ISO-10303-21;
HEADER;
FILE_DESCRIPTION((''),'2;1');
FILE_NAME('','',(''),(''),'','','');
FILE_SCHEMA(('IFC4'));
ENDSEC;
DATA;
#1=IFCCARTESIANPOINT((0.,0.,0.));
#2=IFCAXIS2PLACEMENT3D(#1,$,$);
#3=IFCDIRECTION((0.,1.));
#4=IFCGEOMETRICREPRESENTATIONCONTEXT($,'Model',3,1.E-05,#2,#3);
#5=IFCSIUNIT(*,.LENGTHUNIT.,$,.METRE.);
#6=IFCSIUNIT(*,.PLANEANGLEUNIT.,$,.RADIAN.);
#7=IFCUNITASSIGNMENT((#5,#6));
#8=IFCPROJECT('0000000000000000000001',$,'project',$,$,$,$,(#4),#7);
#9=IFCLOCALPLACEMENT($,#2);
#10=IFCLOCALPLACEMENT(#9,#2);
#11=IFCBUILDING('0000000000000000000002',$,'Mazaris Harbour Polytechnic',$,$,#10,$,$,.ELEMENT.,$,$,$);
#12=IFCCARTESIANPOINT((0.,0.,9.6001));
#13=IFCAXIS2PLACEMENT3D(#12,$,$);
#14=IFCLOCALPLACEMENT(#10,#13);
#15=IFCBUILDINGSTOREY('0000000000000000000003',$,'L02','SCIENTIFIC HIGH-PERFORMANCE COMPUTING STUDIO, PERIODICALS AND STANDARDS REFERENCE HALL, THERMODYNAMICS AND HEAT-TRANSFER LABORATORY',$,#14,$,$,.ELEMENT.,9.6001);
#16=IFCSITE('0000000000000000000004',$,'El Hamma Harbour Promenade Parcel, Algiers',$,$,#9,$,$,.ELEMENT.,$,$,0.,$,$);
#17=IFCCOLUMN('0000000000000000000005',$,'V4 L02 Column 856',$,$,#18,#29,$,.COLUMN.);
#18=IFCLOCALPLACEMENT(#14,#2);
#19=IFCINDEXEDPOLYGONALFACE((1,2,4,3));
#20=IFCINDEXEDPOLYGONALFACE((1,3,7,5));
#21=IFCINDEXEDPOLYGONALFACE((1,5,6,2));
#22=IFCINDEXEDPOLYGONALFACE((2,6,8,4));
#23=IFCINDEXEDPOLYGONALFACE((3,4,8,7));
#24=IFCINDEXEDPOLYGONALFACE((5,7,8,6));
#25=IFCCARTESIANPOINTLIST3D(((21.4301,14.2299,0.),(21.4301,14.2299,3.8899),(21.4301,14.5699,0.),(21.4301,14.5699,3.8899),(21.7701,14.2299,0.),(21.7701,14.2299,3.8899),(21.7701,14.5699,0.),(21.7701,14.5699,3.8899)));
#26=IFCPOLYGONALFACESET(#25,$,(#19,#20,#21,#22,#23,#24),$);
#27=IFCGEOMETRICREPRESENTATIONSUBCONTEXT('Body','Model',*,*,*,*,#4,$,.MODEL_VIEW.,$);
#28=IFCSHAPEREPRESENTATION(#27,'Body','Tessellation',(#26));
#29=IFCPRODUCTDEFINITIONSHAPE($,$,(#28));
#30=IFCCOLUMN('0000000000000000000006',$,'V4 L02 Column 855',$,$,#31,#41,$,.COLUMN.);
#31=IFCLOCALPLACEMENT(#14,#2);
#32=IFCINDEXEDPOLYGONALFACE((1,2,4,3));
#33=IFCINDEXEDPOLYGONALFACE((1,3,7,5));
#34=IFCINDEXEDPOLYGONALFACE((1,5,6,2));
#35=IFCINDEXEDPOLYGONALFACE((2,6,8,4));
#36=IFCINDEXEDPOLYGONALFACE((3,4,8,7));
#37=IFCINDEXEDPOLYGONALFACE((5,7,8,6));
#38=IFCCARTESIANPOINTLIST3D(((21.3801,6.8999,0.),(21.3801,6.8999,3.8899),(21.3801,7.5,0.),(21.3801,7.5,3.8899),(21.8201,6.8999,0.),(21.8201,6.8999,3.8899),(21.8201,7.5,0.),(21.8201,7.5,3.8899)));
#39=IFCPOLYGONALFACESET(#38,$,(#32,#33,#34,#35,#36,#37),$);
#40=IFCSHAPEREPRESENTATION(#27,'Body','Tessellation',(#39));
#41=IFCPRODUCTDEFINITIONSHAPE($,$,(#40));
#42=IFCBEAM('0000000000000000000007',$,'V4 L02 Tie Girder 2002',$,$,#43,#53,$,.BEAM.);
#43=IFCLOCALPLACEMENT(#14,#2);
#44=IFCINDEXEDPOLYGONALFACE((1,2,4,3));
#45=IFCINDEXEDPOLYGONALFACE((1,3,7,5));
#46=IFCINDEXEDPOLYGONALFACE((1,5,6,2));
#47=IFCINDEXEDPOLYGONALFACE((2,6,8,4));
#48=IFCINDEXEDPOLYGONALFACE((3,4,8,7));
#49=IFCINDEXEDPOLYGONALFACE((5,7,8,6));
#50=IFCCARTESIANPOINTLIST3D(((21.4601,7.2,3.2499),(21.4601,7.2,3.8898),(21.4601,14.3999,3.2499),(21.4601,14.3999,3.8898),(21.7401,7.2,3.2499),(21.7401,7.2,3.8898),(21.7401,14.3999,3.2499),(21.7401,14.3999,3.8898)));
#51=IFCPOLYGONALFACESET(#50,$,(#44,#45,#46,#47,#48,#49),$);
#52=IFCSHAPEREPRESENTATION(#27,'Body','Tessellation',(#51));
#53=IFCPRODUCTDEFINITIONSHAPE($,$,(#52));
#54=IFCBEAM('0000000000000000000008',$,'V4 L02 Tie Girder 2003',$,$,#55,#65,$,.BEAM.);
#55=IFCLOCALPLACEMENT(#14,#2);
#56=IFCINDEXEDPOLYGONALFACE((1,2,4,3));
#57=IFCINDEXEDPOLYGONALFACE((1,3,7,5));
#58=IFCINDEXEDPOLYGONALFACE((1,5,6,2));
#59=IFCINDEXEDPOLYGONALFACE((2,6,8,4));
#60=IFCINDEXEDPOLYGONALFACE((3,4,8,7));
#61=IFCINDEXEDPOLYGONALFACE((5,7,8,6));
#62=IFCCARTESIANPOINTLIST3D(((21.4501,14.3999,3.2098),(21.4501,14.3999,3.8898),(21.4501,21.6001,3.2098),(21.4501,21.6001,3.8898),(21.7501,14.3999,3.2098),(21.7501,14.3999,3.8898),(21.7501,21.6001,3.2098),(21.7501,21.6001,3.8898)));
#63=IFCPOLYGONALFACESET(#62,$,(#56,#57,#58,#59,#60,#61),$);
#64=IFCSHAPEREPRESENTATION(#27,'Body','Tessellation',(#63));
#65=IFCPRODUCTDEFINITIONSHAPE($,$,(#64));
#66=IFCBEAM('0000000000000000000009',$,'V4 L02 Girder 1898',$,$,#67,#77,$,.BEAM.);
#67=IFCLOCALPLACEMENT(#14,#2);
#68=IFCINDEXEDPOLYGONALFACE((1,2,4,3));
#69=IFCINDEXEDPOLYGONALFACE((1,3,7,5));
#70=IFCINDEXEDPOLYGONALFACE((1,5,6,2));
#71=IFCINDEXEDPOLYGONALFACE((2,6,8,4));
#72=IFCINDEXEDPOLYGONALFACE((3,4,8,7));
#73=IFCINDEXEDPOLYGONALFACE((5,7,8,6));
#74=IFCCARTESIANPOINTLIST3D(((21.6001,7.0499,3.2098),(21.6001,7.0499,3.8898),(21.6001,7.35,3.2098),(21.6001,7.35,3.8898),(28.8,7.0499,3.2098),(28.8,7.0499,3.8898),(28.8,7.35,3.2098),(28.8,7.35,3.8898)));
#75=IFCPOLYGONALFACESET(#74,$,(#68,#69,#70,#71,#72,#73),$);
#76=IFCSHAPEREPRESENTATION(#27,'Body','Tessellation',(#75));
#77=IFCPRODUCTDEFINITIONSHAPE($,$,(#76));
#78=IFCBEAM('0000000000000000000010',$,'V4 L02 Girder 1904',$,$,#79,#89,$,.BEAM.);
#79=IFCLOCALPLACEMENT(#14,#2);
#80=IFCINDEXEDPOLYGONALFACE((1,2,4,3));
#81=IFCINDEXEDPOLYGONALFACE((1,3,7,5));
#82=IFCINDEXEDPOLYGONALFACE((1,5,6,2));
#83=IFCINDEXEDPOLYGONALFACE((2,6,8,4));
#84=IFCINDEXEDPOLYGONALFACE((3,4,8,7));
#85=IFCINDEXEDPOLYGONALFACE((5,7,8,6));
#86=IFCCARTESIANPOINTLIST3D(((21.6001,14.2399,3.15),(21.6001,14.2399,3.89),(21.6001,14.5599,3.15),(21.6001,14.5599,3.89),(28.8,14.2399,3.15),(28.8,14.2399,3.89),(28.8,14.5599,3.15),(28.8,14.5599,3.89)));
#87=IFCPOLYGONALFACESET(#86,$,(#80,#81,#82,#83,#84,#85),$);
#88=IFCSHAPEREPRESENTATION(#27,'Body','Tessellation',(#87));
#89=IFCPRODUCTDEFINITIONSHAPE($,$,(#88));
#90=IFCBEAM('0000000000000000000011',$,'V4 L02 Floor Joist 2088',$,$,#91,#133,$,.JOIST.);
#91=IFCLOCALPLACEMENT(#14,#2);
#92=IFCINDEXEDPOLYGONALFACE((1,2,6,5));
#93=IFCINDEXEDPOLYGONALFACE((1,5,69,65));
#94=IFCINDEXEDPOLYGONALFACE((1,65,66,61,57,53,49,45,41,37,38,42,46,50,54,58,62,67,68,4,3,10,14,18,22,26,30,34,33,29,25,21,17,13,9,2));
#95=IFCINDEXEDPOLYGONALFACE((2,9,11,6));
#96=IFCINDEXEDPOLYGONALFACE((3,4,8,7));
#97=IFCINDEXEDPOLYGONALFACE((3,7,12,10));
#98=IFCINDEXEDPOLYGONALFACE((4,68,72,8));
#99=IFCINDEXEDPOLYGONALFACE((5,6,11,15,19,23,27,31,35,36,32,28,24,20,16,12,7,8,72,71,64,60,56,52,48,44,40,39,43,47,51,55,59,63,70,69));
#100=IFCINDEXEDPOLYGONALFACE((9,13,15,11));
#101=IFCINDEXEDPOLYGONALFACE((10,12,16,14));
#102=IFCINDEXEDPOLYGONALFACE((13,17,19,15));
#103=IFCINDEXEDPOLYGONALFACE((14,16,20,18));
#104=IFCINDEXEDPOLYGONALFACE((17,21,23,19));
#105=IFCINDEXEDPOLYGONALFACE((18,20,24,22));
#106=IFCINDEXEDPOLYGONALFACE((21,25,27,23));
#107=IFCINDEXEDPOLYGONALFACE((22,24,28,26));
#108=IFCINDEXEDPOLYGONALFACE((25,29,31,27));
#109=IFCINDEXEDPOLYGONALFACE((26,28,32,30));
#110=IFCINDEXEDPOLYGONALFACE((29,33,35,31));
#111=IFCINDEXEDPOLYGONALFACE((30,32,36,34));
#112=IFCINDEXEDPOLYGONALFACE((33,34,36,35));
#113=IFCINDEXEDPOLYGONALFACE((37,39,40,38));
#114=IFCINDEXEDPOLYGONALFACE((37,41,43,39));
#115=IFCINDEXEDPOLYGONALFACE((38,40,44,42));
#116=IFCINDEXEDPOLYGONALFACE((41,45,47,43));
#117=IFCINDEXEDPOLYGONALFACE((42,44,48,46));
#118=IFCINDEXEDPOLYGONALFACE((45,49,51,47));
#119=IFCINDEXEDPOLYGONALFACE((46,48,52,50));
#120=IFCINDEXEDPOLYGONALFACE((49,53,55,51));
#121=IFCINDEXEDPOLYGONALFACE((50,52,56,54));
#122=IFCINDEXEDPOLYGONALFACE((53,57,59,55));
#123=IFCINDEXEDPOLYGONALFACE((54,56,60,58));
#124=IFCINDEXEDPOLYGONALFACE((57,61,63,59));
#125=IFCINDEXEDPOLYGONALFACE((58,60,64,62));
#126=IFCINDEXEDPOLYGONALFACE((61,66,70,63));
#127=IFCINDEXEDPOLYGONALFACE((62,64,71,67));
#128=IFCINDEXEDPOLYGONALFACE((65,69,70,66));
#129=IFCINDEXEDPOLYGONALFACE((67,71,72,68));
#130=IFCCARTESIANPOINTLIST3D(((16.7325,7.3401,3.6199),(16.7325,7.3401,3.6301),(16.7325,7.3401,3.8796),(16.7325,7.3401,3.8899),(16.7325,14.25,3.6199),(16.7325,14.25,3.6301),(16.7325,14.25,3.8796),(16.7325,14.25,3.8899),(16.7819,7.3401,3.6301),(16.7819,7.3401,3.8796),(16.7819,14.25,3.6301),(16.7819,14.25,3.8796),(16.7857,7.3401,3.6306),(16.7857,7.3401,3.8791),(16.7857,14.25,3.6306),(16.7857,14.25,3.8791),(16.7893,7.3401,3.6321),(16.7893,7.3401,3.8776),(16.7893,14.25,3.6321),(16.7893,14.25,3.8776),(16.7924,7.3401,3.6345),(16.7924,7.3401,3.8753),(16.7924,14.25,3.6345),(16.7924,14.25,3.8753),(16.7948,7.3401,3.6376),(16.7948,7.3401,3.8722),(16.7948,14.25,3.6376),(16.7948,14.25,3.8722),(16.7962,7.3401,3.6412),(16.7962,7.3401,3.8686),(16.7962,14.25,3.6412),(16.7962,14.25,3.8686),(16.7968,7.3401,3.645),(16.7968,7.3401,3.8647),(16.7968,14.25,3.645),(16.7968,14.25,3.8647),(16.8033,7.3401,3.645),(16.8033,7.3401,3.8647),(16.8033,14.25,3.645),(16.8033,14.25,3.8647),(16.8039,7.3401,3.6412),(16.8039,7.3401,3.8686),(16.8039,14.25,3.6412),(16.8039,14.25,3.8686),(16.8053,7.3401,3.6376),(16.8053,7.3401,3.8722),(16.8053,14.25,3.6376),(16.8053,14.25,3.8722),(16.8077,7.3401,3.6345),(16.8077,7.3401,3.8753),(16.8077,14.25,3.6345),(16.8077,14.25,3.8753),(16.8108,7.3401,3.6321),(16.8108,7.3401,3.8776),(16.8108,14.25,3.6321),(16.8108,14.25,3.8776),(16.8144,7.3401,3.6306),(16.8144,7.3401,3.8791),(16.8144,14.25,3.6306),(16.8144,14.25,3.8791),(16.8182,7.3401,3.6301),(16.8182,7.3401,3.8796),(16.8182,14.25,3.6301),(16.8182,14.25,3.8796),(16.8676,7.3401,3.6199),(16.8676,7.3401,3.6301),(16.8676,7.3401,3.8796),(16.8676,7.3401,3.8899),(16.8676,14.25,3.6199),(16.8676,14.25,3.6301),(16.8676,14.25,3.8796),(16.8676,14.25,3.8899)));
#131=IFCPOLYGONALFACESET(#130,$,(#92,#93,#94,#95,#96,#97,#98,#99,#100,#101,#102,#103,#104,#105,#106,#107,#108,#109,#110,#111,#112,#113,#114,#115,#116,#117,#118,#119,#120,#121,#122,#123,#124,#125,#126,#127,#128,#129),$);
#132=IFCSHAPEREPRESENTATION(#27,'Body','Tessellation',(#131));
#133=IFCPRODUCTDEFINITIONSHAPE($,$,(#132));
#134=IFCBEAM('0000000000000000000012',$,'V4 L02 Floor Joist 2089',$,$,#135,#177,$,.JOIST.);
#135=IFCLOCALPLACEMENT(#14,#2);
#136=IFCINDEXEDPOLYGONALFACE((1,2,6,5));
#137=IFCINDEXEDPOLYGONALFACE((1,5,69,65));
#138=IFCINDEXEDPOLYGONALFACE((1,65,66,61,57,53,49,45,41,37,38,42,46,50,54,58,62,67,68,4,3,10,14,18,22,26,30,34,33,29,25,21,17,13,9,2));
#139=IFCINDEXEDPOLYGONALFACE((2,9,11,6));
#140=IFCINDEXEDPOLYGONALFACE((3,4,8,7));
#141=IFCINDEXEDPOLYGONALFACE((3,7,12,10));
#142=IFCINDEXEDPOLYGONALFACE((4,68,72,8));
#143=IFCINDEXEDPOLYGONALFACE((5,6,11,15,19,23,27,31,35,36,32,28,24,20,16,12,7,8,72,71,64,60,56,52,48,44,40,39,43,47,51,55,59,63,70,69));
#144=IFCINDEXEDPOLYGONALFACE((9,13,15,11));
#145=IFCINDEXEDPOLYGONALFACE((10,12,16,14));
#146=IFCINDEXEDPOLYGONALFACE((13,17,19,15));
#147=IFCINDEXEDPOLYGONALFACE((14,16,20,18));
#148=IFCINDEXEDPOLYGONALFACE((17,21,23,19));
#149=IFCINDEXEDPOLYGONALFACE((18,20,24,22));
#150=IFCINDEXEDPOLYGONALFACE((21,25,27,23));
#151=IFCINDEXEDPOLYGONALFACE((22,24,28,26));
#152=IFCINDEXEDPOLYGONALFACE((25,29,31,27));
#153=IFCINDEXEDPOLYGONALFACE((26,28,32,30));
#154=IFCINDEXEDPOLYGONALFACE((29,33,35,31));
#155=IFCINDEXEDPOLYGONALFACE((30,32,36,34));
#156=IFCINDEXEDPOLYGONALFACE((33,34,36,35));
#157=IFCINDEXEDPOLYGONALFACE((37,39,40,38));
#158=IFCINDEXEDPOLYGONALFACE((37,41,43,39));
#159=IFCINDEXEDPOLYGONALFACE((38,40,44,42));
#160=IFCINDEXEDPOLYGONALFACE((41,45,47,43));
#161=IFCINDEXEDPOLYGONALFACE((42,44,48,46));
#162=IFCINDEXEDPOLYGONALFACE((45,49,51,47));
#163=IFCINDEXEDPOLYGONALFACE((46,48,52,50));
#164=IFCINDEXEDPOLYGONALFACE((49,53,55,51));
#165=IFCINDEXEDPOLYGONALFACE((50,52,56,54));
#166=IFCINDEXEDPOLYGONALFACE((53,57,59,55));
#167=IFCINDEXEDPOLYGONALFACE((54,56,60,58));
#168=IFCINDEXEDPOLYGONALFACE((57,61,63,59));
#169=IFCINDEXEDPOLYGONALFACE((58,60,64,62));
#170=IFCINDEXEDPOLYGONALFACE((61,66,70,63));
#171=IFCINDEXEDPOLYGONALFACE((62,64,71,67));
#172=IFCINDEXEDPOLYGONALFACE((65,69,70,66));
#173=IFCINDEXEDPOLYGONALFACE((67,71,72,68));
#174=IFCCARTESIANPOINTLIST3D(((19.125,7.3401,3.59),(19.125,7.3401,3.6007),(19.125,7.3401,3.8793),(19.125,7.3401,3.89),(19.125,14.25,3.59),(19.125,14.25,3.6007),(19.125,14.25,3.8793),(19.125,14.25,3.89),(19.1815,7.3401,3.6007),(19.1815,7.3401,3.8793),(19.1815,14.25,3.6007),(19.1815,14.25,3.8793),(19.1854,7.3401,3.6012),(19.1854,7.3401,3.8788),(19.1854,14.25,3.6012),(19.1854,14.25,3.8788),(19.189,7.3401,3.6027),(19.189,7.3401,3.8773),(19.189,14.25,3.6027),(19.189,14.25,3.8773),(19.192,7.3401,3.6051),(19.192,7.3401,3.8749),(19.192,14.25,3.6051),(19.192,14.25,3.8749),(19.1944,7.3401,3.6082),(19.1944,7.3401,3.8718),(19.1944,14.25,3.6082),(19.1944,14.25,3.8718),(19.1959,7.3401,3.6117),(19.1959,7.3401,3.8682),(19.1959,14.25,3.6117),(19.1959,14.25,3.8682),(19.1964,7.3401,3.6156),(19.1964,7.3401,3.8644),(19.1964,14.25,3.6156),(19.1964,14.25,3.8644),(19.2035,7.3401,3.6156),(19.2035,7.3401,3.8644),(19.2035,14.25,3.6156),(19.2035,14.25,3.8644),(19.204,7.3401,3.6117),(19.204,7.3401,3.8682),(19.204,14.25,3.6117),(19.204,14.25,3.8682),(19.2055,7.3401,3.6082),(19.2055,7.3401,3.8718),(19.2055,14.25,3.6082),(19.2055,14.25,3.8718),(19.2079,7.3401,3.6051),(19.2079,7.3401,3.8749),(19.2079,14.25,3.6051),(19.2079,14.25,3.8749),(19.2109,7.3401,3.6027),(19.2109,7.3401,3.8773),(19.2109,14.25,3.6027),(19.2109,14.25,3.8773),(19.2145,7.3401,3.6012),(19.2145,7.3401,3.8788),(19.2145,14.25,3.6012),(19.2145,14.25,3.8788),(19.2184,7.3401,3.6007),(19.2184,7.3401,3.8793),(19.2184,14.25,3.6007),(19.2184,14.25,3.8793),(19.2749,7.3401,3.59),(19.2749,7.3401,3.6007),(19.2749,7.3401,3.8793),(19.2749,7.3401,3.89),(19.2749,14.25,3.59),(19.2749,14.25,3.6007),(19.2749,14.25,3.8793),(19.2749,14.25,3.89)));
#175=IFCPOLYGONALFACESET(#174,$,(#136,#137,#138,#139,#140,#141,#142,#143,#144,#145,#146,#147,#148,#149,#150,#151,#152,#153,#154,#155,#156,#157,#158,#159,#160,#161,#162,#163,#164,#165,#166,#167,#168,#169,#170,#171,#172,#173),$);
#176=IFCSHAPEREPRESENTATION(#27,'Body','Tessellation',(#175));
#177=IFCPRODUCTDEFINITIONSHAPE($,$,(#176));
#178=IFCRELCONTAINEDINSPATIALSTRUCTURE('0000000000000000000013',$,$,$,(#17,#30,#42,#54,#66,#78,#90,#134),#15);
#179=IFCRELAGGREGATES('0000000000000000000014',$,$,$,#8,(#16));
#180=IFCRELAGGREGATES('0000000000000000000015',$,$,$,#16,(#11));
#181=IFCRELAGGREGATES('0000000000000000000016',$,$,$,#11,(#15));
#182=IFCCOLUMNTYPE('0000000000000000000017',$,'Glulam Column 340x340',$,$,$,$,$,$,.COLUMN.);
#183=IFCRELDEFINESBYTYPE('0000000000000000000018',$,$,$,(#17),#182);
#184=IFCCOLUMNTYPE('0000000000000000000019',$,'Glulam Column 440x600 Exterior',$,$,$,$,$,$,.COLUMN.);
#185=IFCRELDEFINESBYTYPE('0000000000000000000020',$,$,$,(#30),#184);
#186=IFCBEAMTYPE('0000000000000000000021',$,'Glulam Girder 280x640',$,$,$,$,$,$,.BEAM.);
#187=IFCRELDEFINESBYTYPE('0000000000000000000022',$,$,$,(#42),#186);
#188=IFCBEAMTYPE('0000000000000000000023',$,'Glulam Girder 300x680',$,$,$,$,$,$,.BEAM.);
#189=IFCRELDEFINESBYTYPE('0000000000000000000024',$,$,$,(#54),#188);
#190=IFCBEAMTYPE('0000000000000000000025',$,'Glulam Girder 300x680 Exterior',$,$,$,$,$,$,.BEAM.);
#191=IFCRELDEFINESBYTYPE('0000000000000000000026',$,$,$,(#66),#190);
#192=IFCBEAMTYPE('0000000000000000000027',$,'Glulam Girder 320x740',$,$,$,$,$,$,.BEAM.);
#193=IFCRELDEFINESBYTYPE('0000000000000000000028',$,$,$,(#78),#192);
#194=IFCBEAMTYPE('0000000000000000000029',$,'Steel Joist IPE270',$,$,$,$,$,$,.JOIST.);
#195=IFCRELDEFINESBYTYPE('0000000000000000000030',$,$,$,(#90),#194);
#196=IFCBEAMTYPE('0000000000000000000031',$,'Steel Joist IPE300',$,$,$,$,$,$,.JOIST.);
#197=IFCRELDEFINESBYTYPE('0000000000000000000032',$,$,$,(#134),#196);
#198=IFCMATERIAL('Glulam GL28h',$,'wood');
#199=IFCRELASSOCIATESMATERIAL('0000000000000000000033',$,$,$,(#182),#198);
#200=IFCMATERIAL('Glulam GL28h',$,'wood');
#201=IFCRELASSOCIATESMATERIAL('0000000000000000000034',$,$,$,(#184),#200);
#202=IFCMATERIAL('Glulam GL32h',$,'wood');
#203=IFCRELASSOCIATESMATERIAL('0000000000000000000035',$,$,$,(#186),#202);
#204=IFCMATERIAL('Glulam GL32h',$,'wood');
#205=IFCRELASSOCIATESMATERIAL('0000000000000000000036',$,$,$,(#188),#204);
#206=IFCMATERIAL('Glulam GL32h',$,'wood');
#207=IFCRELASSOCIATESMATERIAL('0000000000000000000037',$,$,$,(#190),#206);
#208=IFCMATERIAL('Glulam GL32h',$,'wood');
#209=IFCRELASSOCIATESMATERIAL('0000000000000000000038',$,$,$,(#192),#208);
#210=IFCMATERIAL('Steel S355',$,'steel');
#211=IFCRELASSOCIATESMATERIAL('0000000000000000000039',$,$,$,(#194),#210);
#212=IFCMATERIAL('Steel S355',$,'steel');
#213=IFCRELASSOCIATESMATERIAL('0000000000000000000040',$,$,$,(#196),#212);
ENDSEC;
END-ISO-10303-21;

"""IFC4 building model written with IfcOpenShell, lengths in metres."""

from ifc_helpers import new_model, si_unit, direction, frame, origin, origin_2d, place, context, subcontext, project, spatial, rectangle, i_section, extrude, material, material_profile, profile_set, type_object, element, save


model = new_model("IFC4")

# Units and contexts
model_context = context("Model", 3, precision=1e-05, world=origin(), true_north=direction((0.0, 1.0)))
body_context = subcontext(model_context, "Body", "Model", "MODEL_VIEW")
ifc_project = project(units=[si_unit("LENGTHUNIT", "METRE"), si_unit("PLANEANGLEUNIT", "RADIAN")], contexts=[model_context])

# Site, building, storey
site_placement = place(None, origin())
site = spatial("IfcSite", under=ifc_project, at=site_placement, Name="El Hamma Harbour Promenade Parcel, Algiers", CompositionType="ELEMENT", RefElevation=0.0)
building_placement = place(site_placement, origin())
building = spatial("IfcBuilding", under=site, at=building_placement, Name="Mazaris Harbour Polytechnic", CompositionType="ELEMENT")
storey_placement = place(building_placement, frame((0.0, 0.0, 9.6001)))
storey = spatial("IfcBuildingStorey", under=building, at=storey_placement, Name="L02", Description="SCIENTIFIC HIGH-PERFORMANCE COMPUTING STUDIO, PERIODICALS AND STANDARDS REFERENCE HALL, THERMODYNAMICS AND HEAT-TRANSFER LABORATORY", CompositionType="ELEMENT", Elevation=9.6001)

# Columns
ifc_material_1 = material(Name="Glulam GL28h", Category="wood")
ifc_material_profile_1 = material_profile(ifc_material_1, rectangle(XDim=0.3401, YDim=0.3401, at=origin_2d()), Name="RECT340x340")
ifc_profile_set_1 = profile_set([ifc_material_profile_1], Name="Glulam GL28h")
column_type_1 = type_object("IfcColumnType", Name="Glulam Column 340x340", PredefinedType="COLUMN", material=ifc_profile_set_1)
column_1_placement = place(storey_placement, frame((21.6001, 14.3999, 0.0), z_axis=(0.0, 0.0, 1.0), x_axis=(1.0, 0.0, 0.0)))
element("IfcColumn", 1, at=column_1_placement, inside=storey, type_object=column_type_1, Name="V4 L02 Column 856", PredefinedType="COLUMN", context=body_context, shape_type="SweptSolid", body=[
    extrude(rectangle(XDim=0.3401, YDim=0.3401, at=origin_2d()), origin(), (0.0, 0.0, 1.0), 3.8899),
])
ifc_material_2 = material(Name="Glulam GL28h", Category="wood")
ifc_material_profile_2 = material_profile(ifc_material_2, rectangle(XDim=0.4399, YDim=0.6001, at=origin_2d()), Name="RECT440x600")
ifc_profile_set_2 = profile_set([ifc_material_profile_2], Name="Glulam GL28h")
column_type_2 = type_object("IfcColumnType", Name="Glulam Column 440x600 Exterior", PredefinedType="COLUMN", material=ifc_profile_set_2)
column_2_placement = place(storey_placement, frame((21.6001, 7.2, 0.0), z_axis=(0.0, 0.0, 1.0), x_axis=(1.0, 0.0, 0.0)))
element("IfcColumn", 2, at=column_2_placement, inside=storey, type_object=column_type_2, Name="V4 L02 Column 855", PredefinedType="COLUMN", context=body_context, shape_type="SweptSolid", body=[
    extrude(rectangle(XDim=0.4399, YDim=0.6001, at=origin_2d()), origin(), (0.0, 0.0, 1.0), 3.8899),
])

# Beams
ifc_material_3 = material(Name="Glulam GL32h", Category="wood")
ifc_material_profile_3 = material_profile(ifc_material_3, rectangle(XDim=0.28, YDim=0.6399, at=origin_2d()), Name="RECT280x640")
ifc_profile_set_3 = profile_set([ifc_material_profile_3], Name="Glulam GL32h")
beam_type_1 = type_object("IfcBeamType", Name="Glulam Girder 280x640", PredefinedType="BEAM", material=ifc_profile_set_3)
beam_1_placement = place(storey_placement, frame((21.6001, 7.2, 3.5698), z_axis=(0.0, 1.0, 0.0), x_axis=(-1.0, 0.0, 0.0)))
element("IfcBeam", 3, at=beam_1_placement, inside=storey, type_object=beam_type_1, Name="V4 L02 Tie Girder 2002", PredefinedType="BEAM", context=body_context, shape_type="SweptSolid", body=[
    extrude(rectangle(XDim=0.28, YDim=0.6399, at=origin_2d()), origin(), (0.0, 0.0, 1.0), 7.2),
])
ifc_material_4 = material(Name="Glulam GL32h", Category="wood")
ifc_material_profile_4 = material_profile(ifc_material_4, rectangle(XDim=0.3, YDim=0.6799, at=origin_2d()), Name="RECT300x680")
ifc_profile_set_4 = profile_set([ifc_material_profile_4], Name="Glulam GL32h")
beam_type_2 = type_object("IfcBeamType", Name="Glulam Girder 300x680", PredefinedType="BEAM", material=ifc_profile_set_4)
beam_2_placement = place(storey_placement, frame((21.6001, 14.3999, 3.5498), z_axis=(0.0, 1.0, 0.0), x_axis=(-1.0, 0.0, 0.0)))
element("IfcBeam", 4, at=beam_2_placement, inside=storey, type_object=beam_type_2, Name="V4 L02 Tie Girder 2003", PredefinedType="BEAM", context=body_context, shape_type="SweptSolid", body=[
    extrude(rectangle(XDim=0.3, YDim=0.6799, at=origin_2d()), origin(), (0.0, 0.0, 1.0), 7.2002),
])
ifc_material_5 = material(Name="Glulam GL32h", Category="wood")
ifc_material_profile_5 = material_profile(ifc_material_5, rectangle(XDim=0.3, YDim=0.6799, at=origin_2d()), Name="RECT300x680")
ifc_profile_set_5 = profile_set([ifc_material_profile_5], Name="Glulam GL32h")
beam_type_3 = type_object("IfcBeamType", Name="Glulam Girder 300x680 Exterior", PredefinedType="BEAM", material=ifc_profile_set_5)
beam_3_placement = place(storey_placement, frame((21.6001, 7.2, 3.5498), z_axis=(1.0, 0.0, 0.0), x_axis=(0.0, 1.0, 0.0)))
element("IfcBeam", 5, at=beam_3_placement, inside=storey, type_object=beam_type_3, Name="V4 L02 Girder 1898", PredefinedType="BEAM", context=body_context, shape_type="SweptSolid", body=[
    extrude(rectangle(XDim=0.3, YDim=0.6799, at=origin_2d()), origin(), (0.0, 0.0, 1.0), 7.2),
])
ifc_material_6 = material(Name="Glulam GL32h", Category="wood")
ifc_material_profile_6 = material_profile(ifc_material_6, rectangle(XDim=0.3201, YDim=0.74, at=origin_2d()), Name="RECT320x740")
ifc_profile_set_6 = profile_set([ifc_material_profile_6], Name="Glulam GL32h")
beam_type_4 = type_object("IfcBeamType", Name="Glulam Girder 320x740", PredefinedType="BEAM", material=ifc_profile_set_6)
beam_4_placement = place(storey_placement, frame((21.6001, 14.3999, 3.52), z_axis=(1.0, 0.0, 0.0), x_axis=(0.0, 1.0, 0.0)))
element("IfcBeam", 6, at=beam_4_placement, inside=storey, type_object=beam_type_4, Name="V4 L02 Girder 1904", PredefinedType="BEAM", context=body_context, shape_type="SweptSolid", body=[
    extrude(rectangle(XDim=0.3201, YDim=0.74, at=origin_2d()), origin(), (0.0, 0.0, 1.0), 7.2),
])
ifc_material_7 = material(Name="Steel S355", Category="steel")
ifc_material_profile_7 = material_profile(ifc_material_7, i_section(OverallWidth=0.135, OverallDepth=0.27, WebThickness=0.0066, FlangeThickness=0.0103, FilletRadius=0.0149, at=origin_2d()), Name="IPE 270")
ifc_profile_set_7 = profile_set([ifc_material_profile_7], Name="Steel S355")
beam_type_5 = type_object("IfcBeamType", Name="Steel Joist IPE270", PredefinedType="JOIST", material=ifc_profile_set_7)
beam_5_placement = place(storey_placement, frame((16.8, 7.3401, 3.7549), z_axis=(0.0, 1.0, 0.0), x_axis=(-1.0, 0.0, 0.0)))
element("IfcBeam", 7, at=beam_5_placement, inside=storey, type_object=beam_type_5, Name="V4 L02 Floor Joist 2088", PredefinedType="JOIST", context=body_context, shape_type="SweptSolid", body=[
    extrude(i_section(OverallWidth=0.135, OverallDepth=0.27, WebThickness=0.0066, FlangeThickness=0.0103, FilletRadius=0.0149, at=origin_2d()), origin(), (0.0, 0.0, 1.0), 6.9099),
])
ifc_material_8 = material(Name="Steel S355", Category="steel")
ifc_material_profile_8 = material_profile(ifc_material_8, i_section(OverallWidth=0.1499, OverallDepth=0.3, WebThickness=0.0071, FlangeThickness=0.0107, FilletRadius=0.0149, at=origin_2d()), Name="IPE 300")
ifc_profile_set_8 = profile_set([ifc_material_profile_8], Name="Steel S355")
beam_type_6 = type_object("IfcBeamType", Name="Steel Joist IPE300", PredefinedType="JOIST", material=ifc_profile_set_8)
beam_6_placement = place(storey_placement, frame((19.2, 7.3401, 3.74), z_axis=(0.0, 1.0, 0.0), x_axis=(-1.0, 0.0, 0.0)))
element("IfcBeam", 8, at=beam_6_placement, inside=storey, type_object=beam_type_6, Name="V4 L02 Floor Joist 2089", PredefinedType="JOIST", context=body_context, shape_type="SweptSolid", body=[
    extrude(i_section(OverallWidth=0.1499, OverallDepth=0.3, WebThickness=0.0071, FlangeThickness=0.0107, FilletRadius=0.0149, at=origin_2d()), origin(), (0.0, 0.0, 1.0), 6.9099),
])

save(model, "model.ifc")
